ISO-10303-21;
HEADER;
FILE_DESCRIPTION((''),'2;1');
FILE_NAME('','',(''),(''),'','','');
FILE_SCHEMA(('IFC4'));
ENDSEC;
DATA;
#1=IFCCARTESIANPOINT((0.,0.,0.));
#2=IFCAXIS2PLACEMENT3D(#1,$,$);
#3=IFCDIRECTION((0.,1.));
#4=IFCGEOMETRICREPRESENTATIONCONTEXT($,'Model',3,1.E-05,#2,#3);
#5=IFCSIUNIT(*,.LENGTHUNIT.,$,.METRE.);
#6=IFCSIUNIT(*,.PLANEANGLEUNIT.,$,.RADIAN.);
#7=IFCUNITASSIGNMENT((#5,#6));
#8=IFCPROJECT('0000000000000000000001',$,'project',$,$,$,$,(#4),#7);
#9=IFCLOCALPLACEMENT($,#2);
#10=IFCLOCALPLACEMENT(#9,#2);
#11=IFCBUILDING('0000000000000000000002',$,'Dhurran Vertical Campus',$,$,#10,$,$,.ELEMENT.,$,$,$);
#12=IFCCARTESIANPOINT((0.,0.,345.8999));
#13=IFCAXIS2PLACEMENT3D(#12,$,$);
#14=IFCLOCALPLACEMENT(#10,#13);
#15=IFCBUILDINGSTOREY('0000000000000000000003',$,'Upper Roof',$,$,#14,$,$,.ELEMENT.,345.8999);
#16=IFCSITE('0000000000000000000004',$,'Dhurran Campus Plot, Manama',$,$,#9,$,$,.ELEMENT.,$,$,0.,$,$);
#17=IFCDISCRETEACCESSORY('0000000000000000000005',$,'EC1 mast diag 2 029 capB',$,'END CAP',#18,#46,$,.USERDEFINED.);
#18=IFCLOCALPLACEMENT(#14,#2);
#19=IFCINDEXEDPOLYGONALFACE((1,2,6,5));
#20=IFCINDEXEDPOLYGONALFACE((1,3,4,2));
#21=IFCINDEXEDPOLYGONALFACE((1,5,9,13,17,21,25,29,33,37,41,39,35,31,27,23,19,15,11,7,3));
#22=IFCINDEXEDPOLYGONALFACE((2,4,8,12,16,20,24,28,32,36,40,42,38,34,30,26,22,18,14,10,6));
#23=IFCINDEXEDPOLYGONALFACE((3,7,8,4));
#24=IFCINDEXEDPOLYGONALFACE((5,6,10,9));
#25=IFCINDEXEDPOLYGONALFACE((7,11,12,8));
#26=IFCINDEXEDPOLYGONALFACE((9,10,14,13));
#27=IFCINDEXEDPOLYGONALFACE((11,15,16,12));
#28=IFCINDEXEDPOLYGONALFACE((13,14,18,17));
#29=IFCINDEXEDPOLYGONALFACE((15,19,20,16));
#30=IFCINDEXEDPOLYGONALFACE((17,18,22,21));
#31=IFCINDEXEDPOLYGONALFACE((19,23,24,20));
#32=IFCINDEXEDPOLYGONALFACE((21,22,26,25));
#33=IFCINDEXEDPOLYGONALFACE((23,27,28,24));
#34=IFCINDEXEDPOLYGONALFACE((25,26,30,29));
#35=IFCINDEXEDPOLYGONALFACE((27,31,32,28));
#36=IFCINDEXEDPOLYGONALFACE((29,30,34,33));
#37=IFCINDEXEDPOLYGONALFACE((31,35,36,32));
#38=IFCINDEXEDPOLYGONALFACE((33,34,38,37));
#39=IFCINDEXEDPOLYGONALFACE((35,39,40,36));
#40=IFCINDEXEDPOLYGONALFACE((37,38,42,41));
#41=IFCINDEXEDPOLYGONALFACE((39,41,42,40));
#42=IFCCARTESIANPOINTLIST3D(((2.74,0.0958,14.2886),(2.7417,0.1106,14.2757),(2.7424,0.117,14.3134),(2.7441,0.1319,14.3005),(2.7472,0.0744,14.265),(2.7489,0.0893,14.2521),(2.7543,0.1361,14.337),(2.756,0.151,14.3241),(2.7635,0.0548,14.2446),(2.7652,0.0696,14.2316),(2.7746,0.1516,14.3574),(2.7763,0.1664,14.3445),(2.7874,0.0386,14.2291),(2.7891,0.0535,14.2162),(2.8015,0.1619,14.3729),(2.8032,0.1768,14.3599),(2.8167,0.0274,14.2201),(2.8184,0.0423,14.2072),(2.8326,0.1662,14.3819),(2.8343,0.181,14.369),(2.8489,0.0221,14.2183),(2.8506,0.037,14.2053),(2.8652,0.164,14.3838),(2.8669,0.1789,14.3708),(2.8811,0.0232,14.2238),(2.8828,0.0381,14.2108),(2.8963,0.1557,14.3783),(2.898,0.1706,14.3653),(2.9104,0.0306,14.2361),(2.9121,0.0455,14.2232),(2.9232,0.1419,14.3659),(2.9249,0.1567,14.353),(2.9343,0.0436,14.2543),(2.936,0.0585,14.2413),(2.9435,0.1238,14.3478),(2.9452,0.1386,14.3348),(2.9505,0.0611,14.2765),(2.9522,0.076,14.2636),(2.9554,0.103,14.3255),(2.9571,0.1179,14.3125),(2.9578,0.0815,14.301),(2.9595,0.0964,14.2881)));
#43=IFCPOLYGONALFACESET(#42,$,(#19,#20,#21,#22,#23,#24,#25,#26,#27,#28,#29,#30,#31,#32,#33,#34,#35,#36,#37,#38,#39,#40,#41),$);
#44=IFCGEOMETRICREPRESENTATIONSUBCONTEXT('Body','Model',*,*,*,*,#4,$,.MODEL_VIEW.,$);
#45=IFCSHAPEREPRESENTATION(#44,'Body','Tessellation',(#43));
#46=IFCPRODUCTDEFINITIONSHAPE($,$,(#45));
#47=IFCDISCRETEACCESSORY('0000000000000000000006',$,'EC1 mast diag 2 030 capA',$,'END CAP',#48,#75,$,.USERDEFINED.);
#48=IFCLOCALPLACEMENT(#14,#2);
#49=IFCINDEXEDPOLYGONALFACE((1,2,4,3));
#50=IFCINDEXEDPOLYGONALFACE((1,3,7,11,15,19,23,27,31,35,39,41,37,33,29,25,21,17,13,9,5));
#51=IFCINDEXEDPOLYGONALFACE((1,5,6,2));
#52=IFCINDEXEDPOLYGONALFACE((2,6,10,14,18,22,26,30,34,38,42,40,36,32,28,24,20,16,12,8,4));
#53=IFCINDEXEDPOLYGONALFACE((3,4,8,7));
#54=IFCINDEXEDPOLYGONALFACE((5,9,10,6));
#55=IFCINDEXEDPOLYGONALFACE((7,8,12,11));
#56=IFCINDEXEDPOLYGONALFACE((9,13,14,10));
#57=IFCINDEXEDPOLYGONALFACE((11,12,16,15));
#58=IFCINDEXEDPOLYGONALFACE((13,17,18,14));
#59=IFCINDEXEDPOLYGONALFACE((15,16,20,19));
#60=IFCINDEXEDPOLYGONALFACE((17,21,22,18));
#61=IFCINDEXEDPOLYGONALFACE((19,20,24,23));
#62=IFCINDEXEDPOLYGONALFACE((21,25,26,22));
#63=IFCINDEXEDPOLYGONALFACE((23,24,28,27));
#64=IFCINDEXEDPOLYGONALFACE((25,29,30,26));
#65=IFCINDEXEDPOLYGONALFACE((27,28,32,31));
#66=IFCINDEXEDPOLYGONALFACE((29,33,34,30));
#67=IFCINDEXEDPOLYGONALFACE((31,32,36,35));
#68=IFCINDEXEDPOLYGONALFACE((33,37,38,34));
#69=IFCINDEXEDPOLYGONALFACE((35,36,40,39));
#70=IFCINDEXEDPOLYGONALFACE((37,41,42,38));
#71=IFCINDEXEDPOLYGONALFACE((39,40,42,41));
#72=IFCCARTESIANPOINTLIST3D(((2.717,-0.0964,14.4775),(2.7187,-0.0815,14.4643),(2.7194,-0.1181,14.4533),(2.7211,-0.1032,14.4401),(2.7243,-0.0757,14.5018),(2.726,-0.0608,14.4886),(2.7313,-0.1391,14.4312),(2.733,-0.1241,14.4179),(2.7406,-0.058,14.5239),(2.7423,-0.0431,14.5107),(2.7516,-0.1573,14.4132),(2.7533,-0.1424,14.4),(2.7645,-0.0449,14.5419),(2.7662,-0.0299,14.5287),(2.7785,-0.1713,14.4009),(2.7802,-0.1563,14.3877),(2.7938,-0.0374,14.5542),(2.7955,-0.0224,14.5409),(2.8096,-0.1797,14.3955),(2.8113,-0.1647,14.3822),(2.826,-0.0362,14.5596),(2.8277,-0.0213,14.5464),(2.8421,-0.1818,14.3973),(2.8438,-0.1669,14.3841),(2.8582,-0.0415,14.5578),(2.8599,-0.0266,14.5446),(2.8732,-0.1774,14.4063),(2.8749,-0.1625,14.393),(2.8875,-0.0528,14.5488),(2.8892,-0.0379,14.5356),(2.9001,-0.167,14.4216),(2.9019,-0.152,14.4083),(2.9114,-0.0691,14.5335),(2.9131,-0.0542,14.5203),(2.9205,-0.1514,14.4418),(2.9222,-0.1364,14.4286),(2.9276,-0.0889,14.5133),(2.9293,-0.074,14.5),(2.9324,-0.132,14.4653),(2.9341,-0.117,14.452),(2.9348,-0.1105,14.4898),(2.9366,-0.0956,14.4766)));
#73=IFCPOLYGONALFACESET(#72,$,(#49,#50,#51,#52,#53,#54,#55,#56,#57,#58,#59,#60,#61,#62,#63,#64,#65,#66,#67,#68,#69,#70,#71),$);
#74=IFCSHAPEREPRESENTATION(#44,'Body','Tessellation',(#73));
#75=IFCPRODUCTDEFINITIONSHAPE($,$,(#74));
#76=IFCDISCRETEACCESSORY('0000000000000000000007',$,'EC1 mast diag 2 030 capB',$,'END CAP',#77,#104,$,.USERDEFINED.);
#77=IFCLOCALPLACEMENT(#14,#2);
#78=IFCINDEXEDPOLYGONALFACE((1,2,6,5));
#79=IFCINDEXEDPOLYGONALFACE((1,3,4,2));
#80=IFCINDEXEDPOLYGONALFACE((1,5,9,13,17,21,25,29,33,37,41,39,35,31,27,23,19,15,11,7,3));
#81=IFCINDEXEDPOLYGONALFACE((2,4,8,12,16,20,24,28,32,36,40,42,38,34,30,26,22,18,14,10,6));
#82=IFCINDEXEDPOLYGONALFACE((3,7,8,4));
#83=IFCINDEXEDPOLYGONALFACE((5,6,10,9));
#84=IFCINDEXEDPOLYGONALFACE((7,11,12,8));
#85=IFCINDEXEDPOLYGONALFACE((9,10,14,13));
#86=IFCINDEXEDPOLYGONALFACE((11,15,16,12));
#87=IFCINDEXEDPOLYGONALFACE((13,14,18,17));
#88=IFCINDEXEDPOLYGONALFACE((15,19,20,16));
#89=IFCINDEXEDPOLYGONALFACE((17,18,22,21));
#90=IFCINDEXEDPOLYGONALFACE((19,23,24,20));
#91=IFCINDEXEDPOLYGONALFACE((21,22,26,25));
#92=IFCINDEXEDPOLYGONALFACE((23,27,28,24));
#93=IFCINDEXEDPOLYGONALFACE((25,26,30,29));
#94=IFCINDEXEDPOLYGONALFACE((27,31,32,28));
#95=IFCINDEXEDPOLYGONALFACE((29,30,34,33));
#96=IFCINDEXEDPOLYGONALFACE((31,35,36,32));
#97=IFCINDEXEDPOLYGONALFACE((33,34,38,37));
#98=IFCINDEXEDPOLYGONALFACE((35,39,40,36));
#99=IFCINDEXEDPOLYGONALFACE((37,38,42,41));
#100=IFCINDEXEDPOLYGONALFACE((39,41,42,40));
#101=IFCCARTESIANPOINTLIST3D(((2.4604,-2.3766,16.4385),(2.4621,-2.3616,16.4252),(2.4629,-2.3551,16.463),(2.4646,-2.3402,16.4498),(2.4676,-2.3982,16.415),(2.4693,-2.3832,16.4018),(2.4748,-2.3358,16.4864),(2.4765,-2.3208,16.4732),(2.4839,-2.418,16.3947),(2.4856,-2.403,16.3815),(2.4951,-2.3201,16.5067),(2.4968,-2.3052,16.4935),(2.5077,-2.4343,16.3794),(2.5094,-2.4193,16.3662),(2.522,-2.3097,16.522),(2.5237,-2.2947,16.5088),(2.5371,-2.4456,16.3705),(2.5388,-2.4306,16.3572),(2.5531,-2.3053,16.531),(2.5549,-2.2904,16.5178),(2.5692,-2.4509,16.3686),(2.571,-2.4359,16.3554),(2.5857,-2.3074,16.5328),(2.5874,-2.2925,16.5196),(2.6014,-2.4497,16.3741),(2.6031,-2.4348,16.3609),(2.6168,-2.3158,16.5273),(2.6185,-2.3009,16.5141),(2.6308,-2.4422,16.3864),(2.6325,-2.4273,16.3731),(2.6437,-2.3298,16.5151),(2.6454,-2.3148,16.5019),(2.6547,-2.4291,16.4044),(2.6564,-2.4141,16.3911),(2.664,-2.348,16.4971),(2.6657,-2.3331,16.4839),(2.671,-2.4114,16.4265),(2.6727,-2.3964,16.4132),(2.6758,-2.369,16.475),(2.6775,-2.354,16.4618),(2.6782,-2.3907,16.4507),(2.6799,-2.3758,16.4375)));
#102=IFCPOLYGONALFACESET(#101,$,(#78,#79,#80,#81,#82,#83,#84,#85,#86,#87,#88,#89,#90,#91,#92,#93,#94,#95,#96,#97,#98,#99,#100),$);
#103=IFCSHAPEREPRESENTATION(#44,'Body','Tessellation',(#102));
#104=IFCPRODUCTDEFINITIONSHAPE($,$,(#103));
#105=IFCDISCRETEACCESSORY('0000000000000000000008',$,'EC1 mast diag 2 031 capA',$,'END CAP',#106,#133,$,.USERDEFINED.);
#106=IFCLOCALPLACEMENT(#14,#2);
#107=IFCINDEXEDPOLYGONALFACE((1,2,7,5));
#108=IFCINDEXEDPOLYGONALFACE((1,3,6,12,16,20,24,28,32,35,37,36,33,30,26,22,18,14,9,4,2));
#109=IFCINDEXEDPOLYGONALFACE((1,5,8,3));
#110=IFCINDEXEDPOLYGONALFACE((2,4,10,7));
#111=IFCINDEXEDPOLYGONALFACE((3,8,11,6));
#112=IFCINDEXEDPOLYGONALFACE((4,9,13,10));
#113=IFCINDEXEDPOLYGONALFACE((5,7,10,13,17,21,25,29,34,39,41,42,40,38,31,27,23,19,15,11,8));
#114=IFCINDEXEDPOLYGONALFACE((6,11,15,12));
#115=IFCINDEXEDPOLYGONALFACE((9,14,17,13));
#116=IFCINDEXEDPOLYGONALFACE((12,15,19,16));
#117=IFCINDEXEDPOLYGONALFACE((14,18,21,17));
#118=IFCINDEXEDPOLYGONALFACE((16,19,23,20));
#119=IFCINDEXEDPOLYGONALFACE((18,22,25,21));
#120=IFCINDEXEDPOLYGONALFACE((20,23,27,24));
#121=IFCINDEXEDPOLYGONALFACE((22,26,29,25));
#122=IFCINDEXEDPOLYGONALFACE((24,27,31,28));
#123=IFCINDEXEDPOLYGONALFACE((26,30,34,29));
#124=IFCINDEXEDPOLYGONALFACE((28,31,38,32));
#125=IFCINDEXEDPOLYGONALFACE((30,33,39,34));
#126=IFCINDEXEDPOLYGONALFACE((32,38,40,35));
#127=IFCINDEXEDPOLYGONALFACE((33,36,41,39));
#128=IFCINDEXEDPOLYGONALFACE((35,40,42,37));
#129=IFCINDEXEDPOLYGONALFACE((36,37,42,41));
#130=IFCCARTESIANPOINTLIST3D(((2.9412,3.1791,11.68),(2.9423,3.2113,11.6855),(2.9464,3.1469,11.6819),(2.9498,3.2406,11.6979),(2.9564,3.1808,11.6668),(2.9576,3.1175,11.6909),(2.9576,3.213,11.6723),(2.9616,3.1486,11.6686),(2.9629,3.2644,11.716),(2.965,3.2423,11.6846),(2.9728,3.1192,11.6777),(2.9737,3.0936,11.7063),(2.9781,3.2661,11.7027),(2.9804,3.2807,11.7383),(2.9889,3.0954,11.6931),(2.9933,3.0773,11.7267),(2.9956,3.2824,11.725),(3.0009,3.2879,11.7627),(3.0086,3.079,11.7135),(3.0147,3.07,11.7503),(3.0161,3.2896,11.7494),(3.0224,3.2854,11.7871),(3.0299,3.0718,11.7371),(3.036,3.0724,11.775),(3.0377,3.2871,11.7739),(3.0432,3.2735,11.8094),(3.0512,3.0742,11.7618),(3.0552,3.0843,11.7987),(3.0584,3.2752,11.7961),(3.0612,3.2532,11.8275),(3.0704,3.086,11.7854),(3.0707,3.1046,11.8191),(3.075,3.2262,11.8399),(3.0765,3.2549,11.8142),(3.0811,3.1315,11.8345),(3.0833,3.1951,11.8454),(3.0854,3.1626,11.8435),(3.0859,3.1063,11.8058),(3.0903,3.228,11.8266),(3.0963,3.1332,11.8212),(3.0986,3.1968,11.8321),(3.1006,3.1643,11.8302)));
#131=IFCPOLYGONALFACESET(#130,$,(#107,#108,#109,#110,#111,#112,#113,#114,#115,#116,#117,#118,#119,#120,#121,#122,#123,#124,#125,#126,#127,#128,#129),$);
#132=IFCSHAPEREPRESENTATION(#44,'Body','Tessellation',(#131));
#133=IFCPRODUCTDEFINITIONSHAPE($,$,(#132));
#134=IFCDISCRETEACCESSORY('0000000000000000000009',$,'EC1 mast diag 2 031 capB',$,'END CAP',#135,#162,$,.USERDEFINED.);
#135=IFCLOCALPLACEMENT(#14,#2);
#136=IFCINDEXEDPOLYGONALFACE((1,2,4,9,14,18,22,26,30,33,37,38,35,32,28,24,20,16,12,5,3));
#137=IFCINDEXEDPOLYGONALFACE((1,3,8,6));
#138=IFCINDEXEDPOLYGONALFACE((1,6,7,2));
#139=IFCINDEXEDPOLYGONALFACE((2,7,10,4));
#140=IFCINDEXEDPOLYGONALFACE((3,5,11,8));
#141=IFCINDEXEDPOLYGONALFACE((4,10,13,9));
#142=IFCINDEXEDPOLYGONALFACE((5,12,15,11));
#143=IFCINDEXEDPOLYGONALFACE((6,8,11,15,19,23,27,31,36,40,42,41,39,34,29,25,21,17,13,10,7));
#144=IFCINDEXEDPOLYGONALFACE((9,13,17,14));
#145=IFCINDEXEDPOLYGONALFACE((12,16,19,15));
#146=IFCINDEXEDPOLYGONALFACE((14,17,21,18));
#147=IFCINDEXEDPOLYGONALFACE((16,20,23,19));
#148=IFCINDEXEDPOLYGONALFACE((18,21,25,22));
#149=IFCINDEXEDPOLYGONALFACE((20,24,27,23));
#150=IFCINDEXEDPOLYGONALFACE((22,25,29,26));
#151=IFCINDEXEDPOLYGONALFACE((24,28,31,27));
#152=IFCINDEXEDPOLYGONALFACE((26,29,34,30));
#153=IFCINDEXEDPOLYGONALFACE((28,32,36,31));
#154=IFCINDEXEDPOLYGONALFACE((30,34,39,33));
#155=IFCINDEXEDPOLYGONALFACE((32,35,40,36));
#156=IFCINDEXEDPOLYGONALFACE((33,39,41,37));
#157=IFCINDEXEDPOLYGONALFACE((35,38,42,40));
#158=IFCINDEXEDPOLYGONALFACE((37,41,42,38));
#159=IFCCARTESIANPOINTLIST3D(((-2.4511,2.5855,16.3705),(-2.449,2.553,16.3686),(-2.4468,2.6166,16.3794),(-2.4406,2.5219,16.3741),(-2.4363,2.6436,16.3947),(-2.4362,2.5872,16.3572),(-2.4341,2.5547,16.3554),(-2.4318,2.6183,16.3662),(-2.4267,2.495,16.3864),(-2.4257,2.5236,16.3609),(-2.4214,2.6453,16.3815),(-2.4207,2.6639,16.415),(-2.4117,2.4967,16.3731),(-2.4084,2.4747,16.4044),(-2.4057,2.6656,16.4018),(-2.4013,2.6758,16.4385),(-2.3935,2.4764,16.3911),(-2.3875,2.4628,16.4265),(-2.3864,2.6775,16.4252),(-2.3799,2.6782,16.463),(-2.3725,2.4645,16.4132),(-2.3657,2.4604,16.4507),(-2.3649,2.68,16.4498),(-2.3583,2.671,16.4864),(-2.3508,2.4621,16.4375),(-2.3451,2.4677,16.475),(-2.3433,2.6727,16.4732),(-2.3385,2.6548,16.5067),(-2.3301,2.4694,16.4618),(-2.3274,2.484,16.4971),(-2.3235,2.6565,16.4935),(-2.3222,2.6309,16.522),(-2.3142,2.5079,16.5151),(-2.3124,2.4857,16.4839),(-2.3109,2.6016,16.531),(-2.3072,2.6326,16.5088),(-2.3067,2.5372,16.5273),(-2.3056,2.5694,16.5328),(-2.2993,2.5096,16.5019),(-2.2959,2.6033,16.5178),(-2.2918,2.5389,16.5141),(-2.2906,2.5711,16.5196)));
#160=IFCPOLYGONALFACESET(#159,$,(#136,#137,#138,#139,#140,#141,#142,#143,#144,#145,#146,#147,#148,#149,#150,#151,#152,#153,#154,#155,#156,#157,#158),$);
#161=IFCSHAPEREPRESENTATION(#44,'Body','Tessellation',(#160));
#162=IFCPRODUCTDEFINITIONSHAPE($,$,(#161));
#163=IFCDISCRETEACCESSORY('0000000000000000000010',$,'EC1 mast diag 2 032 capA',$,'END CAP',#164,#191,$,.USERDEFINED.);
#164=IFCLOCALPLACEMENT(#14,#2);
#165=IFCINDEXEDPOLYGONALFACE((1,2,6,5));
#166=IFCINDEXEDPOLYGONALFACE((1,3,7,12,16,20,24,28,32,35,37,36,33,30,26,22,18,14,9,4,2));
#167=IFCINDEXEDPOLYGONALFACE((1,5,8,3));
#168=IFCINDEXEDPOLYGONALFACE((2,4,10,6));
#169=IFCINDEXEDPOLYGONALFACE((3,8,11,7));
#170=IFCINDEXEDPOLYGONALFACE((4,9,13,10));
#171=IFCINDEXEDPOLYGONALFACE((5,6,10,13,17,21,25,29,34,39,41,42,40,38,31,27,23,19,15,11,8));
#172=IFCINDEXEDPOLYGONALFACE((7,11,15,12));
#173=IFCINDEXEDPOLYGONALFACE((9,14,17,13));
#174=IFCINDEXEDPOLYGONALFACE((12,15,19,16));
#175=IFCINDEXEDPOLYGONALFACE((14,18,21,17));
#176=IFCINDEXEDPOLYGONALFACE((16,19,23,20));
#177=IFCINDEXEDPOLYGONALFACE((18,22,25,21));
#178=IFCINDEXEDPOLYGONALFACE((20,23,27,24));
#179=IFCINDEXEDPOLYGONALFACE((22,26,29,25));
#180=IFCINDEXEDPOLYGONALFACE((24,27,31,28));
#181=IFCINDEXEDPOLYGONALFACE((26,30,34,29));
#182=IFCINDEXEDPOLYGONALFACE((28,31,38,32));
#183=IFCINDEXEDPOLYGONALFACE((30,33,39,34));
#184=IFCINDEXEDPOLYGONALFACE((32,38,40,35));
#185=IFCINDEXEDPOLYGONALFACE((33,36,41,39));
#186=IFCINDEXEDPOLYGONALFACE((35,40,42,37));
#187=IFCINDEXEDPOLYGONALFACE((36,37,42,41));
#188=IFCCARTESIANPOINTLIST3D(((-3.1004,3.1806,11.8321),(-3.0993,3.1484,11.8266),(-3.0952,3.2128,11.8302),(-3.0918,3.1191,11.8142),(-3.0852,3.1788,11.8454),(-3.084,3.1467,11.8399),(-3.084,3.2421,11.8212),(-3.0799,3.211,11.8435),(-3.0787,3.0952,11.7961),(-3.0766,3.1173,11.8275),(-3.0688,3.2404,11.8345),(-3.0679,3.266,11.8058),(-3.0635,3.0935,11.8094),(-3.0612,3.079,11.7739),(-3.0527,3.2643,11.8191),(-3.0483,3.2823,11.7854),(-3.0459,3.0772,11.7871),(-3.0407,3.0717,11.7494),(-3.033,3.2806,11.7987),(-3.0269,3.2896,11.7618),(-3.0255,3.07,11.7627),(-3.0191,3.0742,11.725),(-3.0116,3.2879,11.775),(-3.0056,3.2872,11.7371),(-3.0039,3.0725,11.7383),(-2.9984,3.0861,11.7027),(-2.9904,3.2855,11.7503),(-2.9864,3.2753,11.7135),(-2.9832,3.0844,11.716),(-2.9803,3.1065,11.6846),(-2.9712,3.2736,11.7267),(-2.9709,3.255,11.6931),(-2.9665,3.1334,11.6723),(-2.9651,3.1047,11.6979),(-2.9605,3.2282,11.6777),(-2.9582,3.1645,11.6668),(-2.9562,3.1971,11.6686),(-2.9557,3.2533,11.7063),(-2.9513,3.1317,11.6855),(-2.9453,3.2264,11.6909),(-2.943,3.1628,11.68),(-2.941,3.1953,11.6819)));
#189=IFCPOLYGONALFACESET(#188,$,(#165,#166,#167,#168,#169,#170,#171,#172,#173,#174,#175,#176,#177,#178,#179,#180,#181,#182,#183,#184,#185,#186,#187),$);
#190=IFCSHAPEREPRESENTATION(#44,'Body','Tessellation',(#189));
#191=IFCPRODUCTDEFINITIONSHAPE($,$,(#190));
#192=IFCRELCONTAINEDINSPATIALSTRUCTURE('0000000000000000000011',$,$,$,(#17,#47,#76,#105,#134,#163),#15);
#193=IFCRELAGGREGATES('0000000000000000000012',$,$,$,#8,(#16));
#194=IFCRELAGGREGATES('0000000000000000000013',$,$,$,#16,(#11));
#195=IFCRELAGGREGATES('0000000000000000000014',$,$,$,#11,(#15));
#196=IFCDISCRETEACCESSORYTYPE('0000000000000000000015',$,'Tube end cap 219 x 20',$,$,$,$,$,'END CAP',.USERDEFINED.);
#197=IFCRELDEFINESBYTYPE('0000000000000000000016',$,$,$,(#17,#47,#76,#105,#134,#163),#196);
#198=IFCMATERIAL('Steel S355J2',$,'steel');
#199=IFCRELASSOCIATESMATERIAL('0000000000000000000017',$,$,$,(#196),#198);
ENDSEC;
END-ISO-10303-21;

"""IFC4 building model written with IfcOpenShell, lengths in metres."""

from ifc_helpers import new_model, si_unit, direction, frame, origin, origin_2d, place, context, subcontext, project, spatial, circle, extrude, material, material_profile, profile_set, type_object, element, save


model = new_model("IFC4")

# Units and contexts
model_context = context("Model", 3, precision=1e-05, world=origin(), true_north=direction((0.0, 1.0)))
body_context = subcontext(model_context, "Body", "Model", "MODEL_VIEW")
ifc_project = project(units=[si_unit("LENGTHUNIT", "METRE"), si_unit("PLANEANGLEUNIT", "RADIAN")], contexts=[model_context])

# Site, building, storey
site_placement = place(None, origin())
site = spatial("IfcSite", under=ifc_project, at=site_placement, Name="Dhurran Campus Plot, Manama", CompositionType="ELEMENT", RefElevation=0.0)
building_placement = place(site_placement, origin())
building = spatial("IfcBuilding", under=site, at=building_placement, Name="Dhurran Vertical Campus", CompositionType="ELEMENT")
storey_placement = place(building_placement, frame((0.0, 0.0, 345.8999)))
storey = spatial("IfcBuildingStorey", under=building, at=storey_placement, Name="Upper Roof", CompositionType="ELEMENT", Elevation=345.8999)

# Discrete accessories
ifc_material_1 = material(Name="Steel S355J2", Category="steel")
ifc_material_profile_1 = material_profile(ifc_material_1, circle(Radius=0.1096, at=origin_2d()), Name="Tube end cap 219 x 20")
ifc_profile_set_1 = profile_set([ifc_material_profile_1], Name="Steel S355J2")
discrete_accessory_type = type_object("IfcDiscreteAccessoryType", Name="Tube end cap 219 x 20", ElementType="END CAP", PredefinedType="USERDEFINED", material=ifc_profile_set_1)
discrete_accessory_1_placement = place(storey_placement, frame((2.8506, 0.1089, 14.2881), z_axis=(-0.086301, -0.752056, 0.653425), x_axis=(0.99348, -0.114006, 0.0)))
element("IfcDiscreteAccessory", 1, at=discrete_accessory_1_placement, inside=storey, type_object=discrete_accessory_type, Name="EC1 mast diag 2 029 capB", ObjectType="END CAP", PredefinedType="USERDEFINED", context=body_context, shape_type="SweptSolid", body=[
    extrude(circle(Radius=0.1096, at=origin_2d()), origin(), (0.0, 0.0, 1.0), 0.0198),
])
for number, where, z_axis, x_axis, name in (
    (2, (2.8259, -0.1089, 14.4775), (0.085608, 0.746013, -0.660405), (-0.99348, 0.114006, 0.0), "EC1 mast diag 2 030 capA"),
    (3, (2.571, -2.3633, 16.4375), (-0.085608, -0.746013, 0.660405), (0.99348, -0.114006, 0.0), "EC1 mast diag 2 030 capB"),
):
    element("IfcDiscreteAccessory", number, at=place(storey_placement, frame(where, z_axis=z_axis, x_axis=x_axis)), inside=storey, type_object=discrete_accessory_type, Name=name, ObjectType="END CAP", PredefinedType="USERDEFINED", context=body_context, shape_type="SweptSolid", body=[
        extrude(circle(Radius=0.1096, at=origin_2d()), origin(), (0.0, 0.0, 1.0), 0.02),
    ])
discrete_accessory_2_placement = place(storey_placement, frame((3.0132, 3.179, 11.7627), z_axis=(0.751363, 0.084831, -0.654413), x_axis=(-0.11219, 0.993687, 0.0)))
element("IfcDiscreteAccessory", 4, at=discrete_accessory_2_placement, inside=storey, type_object=discrete_accessory_type, Name="EC1 mast diag 2 031 capA", ObjectType="END CAP", PredefinedType="USERDEFINED", context=body_context, shape_type="SweptSolid", body=[
    extrude(circle(Radius=0.1096, at=origin_2d()), origin(), (0.0, 0.0, 1.0), 0.0203),
])
discrete_accessory_3_placement = place(storey_placement, frame((-2.3633, 2.571, 16.4375), z_axis=(-0.746013, -0.085608, 0.660405), x_axis=(0.114006, -0.99348, 0.0)))
element("IfcDiscreteAccessory", 5, at=discrete_accessory_3_placement, inside=storey, type_object=discrete_accessory_type, Name="EC1 mast diag 2 031 capB", ObjectType="END CAP", PredefinedType="USERDEFINED", context=body_context, shape_type="SweptSolid", body=[
    extrude(circle(Radius=0.1096, at=origin_2d()), origin(), (0.0, 0.0, 1.0), 0.02),
])
discrete_accessory_4_placement = place(storey_placement, frame((-3.0132, 3.179, 11.7627), z_axis=(-0.751363, 0.084831, -0.654413), x_axis=(-0.11219, -0.993687, 0.0)))
element("IfcDiscreteAccessory", 6, at=discrete_accessory_4_placement, inside=storey, type_object=discrete_accessory_type, Name="EC1 mast diag 2 032 capA", ObjectType="END CAP", PredefinedType="USERDEFINED", context=body_context, shape_type="SweptSolid", body=[
    extrude(circle(Radius=0.1096, at=origin_2d()), origin(), (0.0, 0.0, 1.0), 0.0203),
])

save(model, "model.ifc")
